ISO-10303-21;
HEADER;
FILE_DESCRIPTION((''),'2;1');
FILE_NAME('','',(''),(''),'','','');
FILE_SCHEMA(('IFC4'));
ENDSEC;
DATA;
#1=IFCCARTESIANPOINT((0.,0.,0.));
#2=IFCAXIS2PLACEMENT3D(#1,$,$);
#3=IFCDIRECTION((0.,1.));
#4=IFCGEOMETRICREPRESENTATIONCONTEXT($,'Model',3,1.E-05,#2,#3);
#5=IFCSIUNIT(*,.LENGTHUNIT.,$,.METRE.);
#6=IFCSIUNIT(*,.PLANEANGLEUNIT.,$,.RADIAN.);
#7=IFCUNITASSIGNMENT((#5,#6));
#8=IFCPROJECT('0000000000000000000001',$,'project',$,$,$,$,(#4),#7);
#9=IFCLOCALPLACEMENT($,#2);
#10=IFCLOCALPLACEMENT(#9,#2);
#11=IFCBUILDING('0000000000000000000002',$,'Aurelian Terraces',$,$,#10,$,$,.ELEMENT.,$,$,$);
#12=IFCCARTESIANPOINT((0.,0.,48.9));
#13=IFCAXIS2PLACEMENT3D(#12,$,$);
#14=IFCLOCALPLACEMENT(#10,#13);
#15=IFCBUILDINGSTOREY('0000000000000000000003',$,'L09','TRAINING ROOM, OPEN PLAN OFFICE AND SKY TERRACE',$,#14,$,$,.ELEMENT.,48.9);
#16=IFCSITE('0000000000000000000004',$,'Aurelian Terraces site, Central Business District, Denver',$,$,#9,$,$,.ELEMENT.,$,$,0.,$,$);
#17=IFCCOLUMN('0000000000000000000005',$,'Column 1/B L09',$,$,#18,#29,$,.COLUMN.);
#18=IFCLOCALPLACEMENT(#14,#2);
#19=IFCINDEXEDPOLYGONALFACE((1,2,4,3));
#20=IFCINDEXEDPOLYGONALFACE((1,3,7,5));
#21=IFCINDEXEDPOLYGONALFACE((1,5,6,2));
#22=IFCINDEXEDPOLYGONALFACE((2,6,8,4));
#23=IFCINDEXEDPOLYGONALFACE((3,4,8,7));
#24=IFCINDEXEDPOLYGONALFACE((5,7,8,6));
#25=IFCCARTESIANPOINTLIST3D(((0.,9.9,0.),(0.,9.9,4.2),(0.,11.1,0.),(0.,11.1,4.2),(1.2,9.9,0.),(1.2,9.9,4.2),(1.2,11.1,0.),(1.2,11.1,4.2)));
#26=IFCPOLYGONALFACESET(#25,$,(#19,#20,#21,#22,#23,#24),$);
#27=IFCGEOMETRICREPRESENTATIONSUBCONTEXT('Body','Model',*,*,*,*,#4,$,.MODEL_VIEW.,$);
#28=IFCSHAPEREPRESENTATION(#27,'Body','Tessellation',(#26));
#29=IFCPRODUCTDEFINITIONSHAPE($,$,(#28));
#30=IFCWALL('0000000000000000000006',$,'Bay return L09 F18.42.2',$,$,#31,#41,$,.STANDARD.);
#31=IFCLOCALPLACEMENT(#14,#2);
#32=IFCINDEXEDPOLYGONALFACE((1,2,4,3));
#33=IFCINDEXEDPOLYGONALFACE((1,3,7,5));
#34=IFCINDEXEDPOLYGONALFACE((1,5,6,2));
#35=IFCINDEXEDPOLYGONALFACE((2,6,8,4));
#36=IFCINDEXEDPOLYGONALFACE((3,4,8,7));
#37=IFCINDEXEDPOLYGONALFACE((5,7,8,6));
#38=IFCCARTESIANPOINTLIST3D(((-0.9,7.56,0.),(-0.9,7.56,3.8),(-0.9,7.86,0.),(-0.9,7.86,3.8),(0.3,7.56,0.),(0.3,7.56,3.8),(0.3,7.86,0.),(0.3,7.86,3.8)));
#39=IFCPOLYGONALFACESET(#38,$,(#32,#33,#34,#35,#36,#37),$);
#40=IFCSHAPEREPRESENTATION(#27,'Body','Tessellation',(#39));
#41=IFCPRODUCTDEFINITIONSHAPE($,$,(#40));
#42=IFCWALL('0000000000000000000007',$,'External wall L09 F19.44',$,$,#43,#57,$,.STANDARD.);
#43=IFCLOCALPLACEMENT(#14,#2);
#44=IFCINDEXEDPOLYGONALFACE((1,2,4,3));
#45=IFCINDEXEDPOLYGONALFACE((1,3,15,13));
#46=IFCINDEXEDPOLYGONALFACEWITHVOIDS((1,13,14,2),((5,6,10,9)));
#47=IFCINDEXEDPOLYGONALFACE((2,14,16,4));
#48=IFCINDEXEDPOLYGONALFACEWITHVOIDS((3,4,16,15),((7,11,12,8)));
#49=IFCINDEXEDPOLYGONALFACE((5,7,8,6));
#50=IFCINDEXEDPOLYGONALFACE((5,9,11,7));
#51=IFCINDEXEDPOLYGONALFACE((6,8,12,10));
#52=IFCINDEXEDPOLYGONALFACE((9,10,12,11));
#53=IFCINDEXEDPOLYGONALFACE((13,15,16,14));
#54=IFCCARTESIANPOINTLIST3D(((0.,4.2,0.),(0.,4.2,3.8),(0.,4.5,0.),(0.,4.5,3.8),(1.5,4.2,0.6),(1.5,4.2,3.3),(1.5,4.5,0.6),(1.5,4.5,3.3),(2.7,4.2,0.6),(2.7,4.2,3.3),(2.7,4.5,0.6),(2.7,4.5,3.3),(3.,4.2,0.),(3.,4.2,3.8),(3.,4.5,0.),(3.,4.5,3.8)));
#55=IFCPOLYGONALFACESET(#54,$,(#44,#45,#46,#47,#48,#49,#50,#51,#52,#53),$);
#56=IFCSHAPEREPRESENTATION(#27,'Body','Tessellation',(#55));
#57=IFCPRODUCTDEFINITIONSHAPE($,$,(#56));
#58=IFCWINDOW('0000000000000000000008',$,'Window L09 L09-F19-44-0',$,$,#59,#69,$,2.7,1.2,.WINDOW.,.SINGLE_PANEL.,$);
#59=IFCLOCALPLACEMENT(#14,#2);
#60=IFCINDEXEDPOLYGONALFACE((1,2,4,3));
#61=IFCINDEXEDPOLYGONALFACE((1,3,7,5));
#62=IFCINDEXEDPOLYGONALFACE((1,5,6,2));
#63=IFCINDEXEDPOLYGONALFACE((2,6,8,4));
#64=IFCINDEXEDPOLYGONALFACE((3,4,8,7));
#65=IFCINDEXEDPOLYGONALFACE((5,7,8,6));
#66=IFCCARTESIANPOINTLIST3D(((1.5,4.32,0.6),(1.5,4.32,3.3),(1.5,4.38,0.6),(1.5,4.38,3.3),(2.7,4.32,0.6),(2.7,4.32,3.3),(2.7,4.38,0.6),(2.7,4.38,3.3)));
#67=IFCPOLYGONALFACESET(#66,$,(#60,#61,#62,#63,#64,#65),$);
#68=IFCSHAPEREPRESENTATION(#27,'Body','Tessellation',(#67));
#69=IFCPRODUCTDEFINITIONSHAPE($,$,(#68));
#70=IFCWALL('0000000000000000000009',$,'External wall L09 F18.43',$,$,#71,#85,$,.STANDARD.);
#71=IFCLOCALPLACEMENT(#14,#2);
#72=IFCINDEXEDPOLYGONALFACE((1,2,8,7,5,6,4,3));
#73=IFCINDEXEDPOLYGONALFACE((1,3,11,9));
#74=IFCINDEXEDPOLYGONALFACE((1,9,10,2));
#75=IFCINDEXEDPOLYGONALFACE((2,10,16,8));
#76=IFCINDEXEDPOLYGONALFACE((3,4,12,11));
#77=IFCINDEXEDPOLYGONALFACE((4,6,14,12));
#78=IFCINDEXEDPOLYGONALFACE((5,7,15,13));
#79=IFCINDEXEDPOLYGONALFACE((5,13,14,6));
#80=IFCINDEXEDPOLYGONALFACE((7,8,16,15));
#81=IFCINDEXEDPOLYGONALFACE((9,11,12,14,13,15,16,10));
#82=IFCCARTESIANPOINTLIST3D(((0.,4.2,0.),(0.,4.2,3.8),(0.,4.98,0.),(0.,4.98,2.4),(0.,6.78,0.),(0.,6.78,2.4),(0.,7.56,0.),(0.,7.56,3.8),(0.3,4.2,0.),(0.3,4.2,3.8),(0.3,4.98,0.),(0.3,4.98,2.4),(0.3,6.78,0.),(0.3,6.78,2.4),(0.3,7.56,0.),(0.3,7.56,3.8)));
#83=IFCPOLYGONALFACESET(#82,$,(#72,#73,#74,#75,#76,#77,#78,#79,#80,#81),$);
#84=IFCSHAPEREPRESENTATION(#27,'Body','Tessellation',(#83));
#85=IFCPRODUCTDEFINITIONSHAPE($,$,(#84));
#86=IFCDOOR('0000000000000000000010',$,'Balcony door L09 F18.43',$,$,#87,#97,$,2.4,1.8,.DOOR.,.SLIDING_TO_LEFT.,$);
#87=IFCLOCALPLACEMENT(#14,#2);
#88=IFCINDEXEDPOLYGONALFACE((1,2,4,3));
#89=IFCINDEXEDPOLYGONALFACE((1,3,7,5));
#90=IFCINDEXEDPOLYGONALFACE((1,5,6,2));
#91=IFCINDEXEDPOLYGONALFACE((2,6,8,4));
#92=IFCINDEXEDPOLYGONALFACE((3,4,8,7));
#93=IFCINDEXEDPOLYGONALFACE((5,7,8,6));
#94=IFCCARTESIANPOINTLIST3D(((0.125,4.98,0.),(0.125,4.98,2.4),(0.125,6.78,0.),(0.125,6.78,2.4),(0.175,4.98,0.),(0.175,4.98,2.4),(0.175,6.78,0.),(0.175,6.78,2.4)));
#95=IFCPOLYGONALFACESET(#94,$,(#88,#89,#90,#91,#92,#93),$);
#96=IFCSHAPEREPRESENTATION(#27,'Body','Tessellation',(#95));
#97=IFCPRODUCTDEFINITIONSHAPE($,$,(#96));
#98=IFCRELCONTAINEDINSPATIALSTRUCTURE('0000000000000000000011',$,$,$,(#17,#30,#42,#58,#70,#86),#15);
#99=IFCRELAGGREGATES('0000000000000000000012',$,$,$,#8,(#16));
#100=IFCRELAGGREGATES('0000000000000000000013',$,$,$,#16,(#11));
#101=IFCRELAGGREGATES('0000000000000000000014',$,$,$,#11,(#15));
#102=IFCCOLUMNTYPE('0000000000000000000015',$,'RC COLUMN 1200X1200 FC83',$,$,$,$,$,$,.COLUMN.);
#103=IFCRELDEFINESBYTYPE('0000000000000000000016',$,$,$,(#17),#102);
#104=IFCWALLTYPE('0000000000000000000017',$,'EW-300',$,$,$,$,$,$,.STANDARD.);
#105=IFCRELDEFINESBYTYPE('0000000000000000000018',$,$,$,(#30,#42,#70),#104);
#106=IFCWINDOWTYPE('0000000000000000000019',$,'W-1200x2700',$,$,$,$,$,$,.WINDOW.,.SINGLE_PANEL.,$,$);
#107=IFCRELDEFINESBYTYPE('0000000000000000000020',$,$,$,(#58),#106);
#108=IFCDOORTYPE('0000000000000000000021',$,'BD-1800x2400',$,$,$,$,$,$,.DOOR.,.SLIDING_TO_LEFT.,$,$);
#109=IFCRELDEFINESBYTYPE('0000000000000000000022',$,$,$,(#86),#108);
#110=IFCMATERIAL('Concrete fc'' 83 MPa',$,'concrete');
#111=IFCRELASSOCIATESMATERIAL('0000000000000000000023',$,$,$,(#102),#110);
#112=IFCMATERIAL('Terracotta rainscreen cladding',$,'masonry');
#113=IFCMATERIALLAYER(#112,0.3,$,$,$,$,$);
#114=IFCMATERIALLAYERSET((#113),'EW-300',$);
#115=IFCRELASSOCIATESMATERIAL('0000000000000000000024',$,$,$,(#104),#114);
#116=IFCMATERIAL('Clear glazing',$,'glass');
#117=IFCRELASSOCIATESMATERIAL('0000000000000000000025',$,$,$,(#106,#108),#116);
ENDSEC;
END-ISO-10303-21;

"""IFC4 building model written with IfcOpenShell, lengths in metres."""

from ifc_helpers import new_model, si_unit, direction, frame, frame_2d, origin, origin_2d, place, context, subcontext, project, spatial, rectangle, extrude, source, transform, mapped, material, layer, layer_set, material_profile, profile_set, type_object, element, fill, save


model = new_model("IFC4")

# Units and contexts
model_context = context("Model", 3, precision=1e-05, world=origin(), true_north=direction((0.0, 1.0)))
body_context = subcontext(model_context, "Body", "Model", "MODEL_VIEW")
ifc_project = project(units=[si_unit("LENGTHUNIT", "METRE"), si_unit("PLANEANGLEUNIT", "RADIAN")], contexts=[model_context])

# Site, building, storey
site_placement = place(None, origin())
site = spatial("IfcSite", under=ifc_project, at=site_placement, Name="Aurelian Terraces site, Central Business District, Denver", CompositionType="ELEMENT", RefElevation=0.0)
building_placement = place(site_placement, origin())
building = spatial("IfcBuilding", under=site, at=building_placement, Name="Aurelian Terraces", CompositionType="ELEMENT")
storey_placement = place(building_placement, frame((0.0, 0.0, 48.9)))
storey = spatial("IfcBuildingStorey", under=building, at=storey_placement, Name="L09", Description="TRAINING ROOM, OPEN PLAN OFFICE AND SKY TERRACE", CompositionType="ELEMENT", Elevation=48.9)

# Column
ifc_material_1 = material(Name="Concrete fc' 83 MPa", Category="concrete")
ifc_material_profile = material_profile(ifc_material_1, rectangle(XDim=1.2, YDim=1.2, at=origin_2d()))
ifc_profile_set = profile_set([ifc_material_profile], Name="Concrete fc' 83 MPa")
column_type = type_object("IfcColumnType", Name="RC COLUMN 1200X1200 FC83", PredefinedType="COLUMN", material=ifc_profile_set)
shared_shape_1 = source(origin(), body_context, "Body", "SweptSolid", [
    extrude(rectangle(XDim=1.2, YDim=1.2, at=origin_2d()), origin(), (0.0, 0.0, 1.0), 4.2),
])
column_placement = place(storey_placement, frame((0.6, 10.5, 0.0), z_axis=(0.0, 0.0, 1.0), x_axis=(1.0, 0.0, 0.0)))
element("IfcColumn", 1, at=column_placement, inside=storey, type_object=column_type, Name="Column 1/B L09", PredefinedType="COLUMN", context=body_context, shape_type="MappedRepresentation", body=[
    mapped(shared_shape_1, transform((0.0, 0.0, 0.0), scale=1.0)),
])

# Wall
ifc_material_2 = material(Name="Terracotta rainscreen cladding", Category="masonry")
ifc_layer_1 = layer(ifc_material_2, 0.3)
ifc_layer_set_1 = layer_set([ifc_layer_1], Name="EW-300")
wall_type_1 = type_object("IfcWallType", Name="EW-300", PredefinedType="STANDARD", material=ifc_layer_set_1)
shared_shape_2 = source(origin(), body_context, "Body", "SweptSolid", [
    extrude(rectangle(XDim=1.2, YDim=0.3, at=frame_2d((0.6, 0.0))), origin(), (0.0, 0.0, 1.0), 3.8),
])
wall_1_placement = place(storey_placement, frame((0.3, 7.71, 0.0), z_axis=(0.0, 0.0, 1.0), x_axis=(-1.0, 0.0, 0.0)))
element("IfcWall", 2, at=wall_1_placement, inside=storey, type_object=wall_type_1, Name="Bay return L09 F18.42.2", PredefinedType="STANDARD", context=body_context, shape_type="MappedRepresentation", body=[
    mapped(shared_shape_2, transform((0.0, 0.0, 0.0), scale=1.0)),
])

# Wall, opening, window
shared_shape_3 = source(origin(), body_context, "Body", "SweptSolid", [
    extrude(rectangle(XDim=3.0, YDim=0.3, at=frame_2d((1.5, 0.0))), origin(), (0.0, 0.0, 1.0), 3.8),
])
wall_2_placement = place(storey_placement, frame((0.0, 4.35, 0.0), z_axis=(0.0, 0.0, 1.0), x_axis=(1.0, 0.0, 0.0)))
wall_2 = element("IfcWall", 3, at=wall_2_placement, inside=storey, type_object=wall_type_1, Name="External wall L09 F19.44", PredefinedType="STANDARD", context=body_context, shape_type="MappedRepresentation", body=[
    mapped(shared_shape_3, transform((0.0, 0.0, 0.0), scale=1.0)),
])
shared_shape_4 = source(origin(), body_context, "Body", "SweptSolid", [
    extrude(rectangle(XDim=1.2, YDim=2.7, at=frame_2d((0.6, 1.35))), frame((0.0, 0.16, 0.0), z_axis=(0.0, -1.0, 0.0), x_axis=(1.0, 0.0, 0.0)), (0.0, 0.0, 1.0), 0.32),
])
opening_1_placement = place(wall_2_placement, frame((1.5, 0.0, 0.6)))
opening_1 = element("IfcOpeningElement", 4, at=opening_1_placement, cuts=wall_2, PredefinedType="OPENING", context=body_context, shape_type="MappedRepresentation", body=[
    mapped(shared_shape_4, transform((0.0, 0.0, 0.0), scale=1.0)),
])
ifc_material_3 = material(Name="Clear glazing", Category="glass")
window_type = type_object("IfcWindowType", Name="W-1200x2700", PartitioningType="SINGLE_PANEL", PredefinedType="WINDOW", material=ifc_material_3)
shared_shape_5 = source(origin(), body_context, "Body", "SweptSolid", [
    extrude(rectangle(XDim=1.2, YDim=2.7, at=frame_2d((0.6, 1.35))), frame((0.0, 0.03, 0.0), z_axis=(0.0, -1.0, 0.0), x_axis=(1.0, 0.0, 0.0)), (0.0, 0.0, 1.0), 0.06),
])
window_placement = place(opening_1_placement, origin())
window = element("IfcWindow", 5, at=window_placement, inside=storey, type_object=window_type, Name="Window L09 L09-F19-44-0", OverallHeight=2.7, OverallWidth=1.2, PartitioningType="SINGLE_PANEL", PredefinedType="WINDOW", context=body_context, shape_type="MappedRepresentation", body=[
    mapped(shared_shape_5, transform((0.0, 0.0, 0.0), scale=1.0)),
])
fill(opening_1, window)

# Wall, opening, door
shared_shape_6 = source(origin(), body_context, "Body", "SweptSolid", [
    extrude(rectangle(XDim=3.36, YDim=0.3, at=frame_2d((1.68, 0.0))), origin(), (0.0, 0.0, 1.0), 3.8),
])
wall_3_placement = place(storey_placement, frame((0.15, 7.56, 0.0), z_axis=(0.0, 0.0, 1.0), x_axis=(0.0, -1.0, 0.0)))
wall_3 = element("IfcWall", 6, at=wall_3_placement, inside=storey, type_object=wall_type_1, Name="External wall L09 F18.43", PredefinedType="STANDARD", context=body_context, shape_type="MappedRepresentation", body=[
    mapped(shared_shape_6, transform((0.0, 0.0, 0.0), scale=1.0)),
])
shared_shape_7 = source(origin(), body_context, "Body", "SweptSolid", [
    extrude(rectangle(XDim=1.8, YDim=2.4, at=frame_2d((0.9, 1.2))), frame((0.0, 0.16, 0.0), z_axis=(0.0, -1.0, 0.0), x_axis=(1.0, 0.0, 0.0)), (0.0, 0.0, 1.0), 0.32),
])
opening_2_placement = place(wall_3_placement, frame((0.78, 0.0, 0.0)))
opening_2 = element("IfcOpeningElement", 7, at=opening_2_placement, cuts=wall_3, PredefinedType="OPENING", context=body_context, shape_type="MappedRepresentation", body=[
    mapped(shared_shape_7, transform((0.0, 0.0, 0.0), scale=1.0)),
])
door_type_1 = type_object("IfcDoorType", Name="BD-1800x2400", OperationType="SLIDING_TO_LEFT", PredefinedType="DOOR", material=ifc_material_3)
shared_shape_8 = source(origin(), body_context, "Body", "SweptSolid", [
    extrude(rectangle(XDim=1.8, YDim=2.4, at=frame_2d((0.9, 1.2))), frame((0.0, 0.025, 0.0), z_axis=(0.0, -1.0, 0.0), x_axis=(1.0, 0.0, 0.0)), (0.0, 0.0, 1.0), 0.05),
])
door_1_placement = place(opening_2_placement, origin())
door_1 = element("IfcDoor", 8, at=door_1_placement, inside=storey, type_object=door_type_1, Name="Balcony door L09 F18.43", OperationType="SLIDING_TO_LEFT", OverallHeight=2.4, OverallWidth=1.8, PredefinedType="DOOR", context=body_context, shape_type="MappedRepresentation", body=[
    mapped(shared_shape_8, transform((0.0, 0.0, 0.0), scale=1.0)),
])
fill(opening_2, door_1)

save(model, "model.ifc")
